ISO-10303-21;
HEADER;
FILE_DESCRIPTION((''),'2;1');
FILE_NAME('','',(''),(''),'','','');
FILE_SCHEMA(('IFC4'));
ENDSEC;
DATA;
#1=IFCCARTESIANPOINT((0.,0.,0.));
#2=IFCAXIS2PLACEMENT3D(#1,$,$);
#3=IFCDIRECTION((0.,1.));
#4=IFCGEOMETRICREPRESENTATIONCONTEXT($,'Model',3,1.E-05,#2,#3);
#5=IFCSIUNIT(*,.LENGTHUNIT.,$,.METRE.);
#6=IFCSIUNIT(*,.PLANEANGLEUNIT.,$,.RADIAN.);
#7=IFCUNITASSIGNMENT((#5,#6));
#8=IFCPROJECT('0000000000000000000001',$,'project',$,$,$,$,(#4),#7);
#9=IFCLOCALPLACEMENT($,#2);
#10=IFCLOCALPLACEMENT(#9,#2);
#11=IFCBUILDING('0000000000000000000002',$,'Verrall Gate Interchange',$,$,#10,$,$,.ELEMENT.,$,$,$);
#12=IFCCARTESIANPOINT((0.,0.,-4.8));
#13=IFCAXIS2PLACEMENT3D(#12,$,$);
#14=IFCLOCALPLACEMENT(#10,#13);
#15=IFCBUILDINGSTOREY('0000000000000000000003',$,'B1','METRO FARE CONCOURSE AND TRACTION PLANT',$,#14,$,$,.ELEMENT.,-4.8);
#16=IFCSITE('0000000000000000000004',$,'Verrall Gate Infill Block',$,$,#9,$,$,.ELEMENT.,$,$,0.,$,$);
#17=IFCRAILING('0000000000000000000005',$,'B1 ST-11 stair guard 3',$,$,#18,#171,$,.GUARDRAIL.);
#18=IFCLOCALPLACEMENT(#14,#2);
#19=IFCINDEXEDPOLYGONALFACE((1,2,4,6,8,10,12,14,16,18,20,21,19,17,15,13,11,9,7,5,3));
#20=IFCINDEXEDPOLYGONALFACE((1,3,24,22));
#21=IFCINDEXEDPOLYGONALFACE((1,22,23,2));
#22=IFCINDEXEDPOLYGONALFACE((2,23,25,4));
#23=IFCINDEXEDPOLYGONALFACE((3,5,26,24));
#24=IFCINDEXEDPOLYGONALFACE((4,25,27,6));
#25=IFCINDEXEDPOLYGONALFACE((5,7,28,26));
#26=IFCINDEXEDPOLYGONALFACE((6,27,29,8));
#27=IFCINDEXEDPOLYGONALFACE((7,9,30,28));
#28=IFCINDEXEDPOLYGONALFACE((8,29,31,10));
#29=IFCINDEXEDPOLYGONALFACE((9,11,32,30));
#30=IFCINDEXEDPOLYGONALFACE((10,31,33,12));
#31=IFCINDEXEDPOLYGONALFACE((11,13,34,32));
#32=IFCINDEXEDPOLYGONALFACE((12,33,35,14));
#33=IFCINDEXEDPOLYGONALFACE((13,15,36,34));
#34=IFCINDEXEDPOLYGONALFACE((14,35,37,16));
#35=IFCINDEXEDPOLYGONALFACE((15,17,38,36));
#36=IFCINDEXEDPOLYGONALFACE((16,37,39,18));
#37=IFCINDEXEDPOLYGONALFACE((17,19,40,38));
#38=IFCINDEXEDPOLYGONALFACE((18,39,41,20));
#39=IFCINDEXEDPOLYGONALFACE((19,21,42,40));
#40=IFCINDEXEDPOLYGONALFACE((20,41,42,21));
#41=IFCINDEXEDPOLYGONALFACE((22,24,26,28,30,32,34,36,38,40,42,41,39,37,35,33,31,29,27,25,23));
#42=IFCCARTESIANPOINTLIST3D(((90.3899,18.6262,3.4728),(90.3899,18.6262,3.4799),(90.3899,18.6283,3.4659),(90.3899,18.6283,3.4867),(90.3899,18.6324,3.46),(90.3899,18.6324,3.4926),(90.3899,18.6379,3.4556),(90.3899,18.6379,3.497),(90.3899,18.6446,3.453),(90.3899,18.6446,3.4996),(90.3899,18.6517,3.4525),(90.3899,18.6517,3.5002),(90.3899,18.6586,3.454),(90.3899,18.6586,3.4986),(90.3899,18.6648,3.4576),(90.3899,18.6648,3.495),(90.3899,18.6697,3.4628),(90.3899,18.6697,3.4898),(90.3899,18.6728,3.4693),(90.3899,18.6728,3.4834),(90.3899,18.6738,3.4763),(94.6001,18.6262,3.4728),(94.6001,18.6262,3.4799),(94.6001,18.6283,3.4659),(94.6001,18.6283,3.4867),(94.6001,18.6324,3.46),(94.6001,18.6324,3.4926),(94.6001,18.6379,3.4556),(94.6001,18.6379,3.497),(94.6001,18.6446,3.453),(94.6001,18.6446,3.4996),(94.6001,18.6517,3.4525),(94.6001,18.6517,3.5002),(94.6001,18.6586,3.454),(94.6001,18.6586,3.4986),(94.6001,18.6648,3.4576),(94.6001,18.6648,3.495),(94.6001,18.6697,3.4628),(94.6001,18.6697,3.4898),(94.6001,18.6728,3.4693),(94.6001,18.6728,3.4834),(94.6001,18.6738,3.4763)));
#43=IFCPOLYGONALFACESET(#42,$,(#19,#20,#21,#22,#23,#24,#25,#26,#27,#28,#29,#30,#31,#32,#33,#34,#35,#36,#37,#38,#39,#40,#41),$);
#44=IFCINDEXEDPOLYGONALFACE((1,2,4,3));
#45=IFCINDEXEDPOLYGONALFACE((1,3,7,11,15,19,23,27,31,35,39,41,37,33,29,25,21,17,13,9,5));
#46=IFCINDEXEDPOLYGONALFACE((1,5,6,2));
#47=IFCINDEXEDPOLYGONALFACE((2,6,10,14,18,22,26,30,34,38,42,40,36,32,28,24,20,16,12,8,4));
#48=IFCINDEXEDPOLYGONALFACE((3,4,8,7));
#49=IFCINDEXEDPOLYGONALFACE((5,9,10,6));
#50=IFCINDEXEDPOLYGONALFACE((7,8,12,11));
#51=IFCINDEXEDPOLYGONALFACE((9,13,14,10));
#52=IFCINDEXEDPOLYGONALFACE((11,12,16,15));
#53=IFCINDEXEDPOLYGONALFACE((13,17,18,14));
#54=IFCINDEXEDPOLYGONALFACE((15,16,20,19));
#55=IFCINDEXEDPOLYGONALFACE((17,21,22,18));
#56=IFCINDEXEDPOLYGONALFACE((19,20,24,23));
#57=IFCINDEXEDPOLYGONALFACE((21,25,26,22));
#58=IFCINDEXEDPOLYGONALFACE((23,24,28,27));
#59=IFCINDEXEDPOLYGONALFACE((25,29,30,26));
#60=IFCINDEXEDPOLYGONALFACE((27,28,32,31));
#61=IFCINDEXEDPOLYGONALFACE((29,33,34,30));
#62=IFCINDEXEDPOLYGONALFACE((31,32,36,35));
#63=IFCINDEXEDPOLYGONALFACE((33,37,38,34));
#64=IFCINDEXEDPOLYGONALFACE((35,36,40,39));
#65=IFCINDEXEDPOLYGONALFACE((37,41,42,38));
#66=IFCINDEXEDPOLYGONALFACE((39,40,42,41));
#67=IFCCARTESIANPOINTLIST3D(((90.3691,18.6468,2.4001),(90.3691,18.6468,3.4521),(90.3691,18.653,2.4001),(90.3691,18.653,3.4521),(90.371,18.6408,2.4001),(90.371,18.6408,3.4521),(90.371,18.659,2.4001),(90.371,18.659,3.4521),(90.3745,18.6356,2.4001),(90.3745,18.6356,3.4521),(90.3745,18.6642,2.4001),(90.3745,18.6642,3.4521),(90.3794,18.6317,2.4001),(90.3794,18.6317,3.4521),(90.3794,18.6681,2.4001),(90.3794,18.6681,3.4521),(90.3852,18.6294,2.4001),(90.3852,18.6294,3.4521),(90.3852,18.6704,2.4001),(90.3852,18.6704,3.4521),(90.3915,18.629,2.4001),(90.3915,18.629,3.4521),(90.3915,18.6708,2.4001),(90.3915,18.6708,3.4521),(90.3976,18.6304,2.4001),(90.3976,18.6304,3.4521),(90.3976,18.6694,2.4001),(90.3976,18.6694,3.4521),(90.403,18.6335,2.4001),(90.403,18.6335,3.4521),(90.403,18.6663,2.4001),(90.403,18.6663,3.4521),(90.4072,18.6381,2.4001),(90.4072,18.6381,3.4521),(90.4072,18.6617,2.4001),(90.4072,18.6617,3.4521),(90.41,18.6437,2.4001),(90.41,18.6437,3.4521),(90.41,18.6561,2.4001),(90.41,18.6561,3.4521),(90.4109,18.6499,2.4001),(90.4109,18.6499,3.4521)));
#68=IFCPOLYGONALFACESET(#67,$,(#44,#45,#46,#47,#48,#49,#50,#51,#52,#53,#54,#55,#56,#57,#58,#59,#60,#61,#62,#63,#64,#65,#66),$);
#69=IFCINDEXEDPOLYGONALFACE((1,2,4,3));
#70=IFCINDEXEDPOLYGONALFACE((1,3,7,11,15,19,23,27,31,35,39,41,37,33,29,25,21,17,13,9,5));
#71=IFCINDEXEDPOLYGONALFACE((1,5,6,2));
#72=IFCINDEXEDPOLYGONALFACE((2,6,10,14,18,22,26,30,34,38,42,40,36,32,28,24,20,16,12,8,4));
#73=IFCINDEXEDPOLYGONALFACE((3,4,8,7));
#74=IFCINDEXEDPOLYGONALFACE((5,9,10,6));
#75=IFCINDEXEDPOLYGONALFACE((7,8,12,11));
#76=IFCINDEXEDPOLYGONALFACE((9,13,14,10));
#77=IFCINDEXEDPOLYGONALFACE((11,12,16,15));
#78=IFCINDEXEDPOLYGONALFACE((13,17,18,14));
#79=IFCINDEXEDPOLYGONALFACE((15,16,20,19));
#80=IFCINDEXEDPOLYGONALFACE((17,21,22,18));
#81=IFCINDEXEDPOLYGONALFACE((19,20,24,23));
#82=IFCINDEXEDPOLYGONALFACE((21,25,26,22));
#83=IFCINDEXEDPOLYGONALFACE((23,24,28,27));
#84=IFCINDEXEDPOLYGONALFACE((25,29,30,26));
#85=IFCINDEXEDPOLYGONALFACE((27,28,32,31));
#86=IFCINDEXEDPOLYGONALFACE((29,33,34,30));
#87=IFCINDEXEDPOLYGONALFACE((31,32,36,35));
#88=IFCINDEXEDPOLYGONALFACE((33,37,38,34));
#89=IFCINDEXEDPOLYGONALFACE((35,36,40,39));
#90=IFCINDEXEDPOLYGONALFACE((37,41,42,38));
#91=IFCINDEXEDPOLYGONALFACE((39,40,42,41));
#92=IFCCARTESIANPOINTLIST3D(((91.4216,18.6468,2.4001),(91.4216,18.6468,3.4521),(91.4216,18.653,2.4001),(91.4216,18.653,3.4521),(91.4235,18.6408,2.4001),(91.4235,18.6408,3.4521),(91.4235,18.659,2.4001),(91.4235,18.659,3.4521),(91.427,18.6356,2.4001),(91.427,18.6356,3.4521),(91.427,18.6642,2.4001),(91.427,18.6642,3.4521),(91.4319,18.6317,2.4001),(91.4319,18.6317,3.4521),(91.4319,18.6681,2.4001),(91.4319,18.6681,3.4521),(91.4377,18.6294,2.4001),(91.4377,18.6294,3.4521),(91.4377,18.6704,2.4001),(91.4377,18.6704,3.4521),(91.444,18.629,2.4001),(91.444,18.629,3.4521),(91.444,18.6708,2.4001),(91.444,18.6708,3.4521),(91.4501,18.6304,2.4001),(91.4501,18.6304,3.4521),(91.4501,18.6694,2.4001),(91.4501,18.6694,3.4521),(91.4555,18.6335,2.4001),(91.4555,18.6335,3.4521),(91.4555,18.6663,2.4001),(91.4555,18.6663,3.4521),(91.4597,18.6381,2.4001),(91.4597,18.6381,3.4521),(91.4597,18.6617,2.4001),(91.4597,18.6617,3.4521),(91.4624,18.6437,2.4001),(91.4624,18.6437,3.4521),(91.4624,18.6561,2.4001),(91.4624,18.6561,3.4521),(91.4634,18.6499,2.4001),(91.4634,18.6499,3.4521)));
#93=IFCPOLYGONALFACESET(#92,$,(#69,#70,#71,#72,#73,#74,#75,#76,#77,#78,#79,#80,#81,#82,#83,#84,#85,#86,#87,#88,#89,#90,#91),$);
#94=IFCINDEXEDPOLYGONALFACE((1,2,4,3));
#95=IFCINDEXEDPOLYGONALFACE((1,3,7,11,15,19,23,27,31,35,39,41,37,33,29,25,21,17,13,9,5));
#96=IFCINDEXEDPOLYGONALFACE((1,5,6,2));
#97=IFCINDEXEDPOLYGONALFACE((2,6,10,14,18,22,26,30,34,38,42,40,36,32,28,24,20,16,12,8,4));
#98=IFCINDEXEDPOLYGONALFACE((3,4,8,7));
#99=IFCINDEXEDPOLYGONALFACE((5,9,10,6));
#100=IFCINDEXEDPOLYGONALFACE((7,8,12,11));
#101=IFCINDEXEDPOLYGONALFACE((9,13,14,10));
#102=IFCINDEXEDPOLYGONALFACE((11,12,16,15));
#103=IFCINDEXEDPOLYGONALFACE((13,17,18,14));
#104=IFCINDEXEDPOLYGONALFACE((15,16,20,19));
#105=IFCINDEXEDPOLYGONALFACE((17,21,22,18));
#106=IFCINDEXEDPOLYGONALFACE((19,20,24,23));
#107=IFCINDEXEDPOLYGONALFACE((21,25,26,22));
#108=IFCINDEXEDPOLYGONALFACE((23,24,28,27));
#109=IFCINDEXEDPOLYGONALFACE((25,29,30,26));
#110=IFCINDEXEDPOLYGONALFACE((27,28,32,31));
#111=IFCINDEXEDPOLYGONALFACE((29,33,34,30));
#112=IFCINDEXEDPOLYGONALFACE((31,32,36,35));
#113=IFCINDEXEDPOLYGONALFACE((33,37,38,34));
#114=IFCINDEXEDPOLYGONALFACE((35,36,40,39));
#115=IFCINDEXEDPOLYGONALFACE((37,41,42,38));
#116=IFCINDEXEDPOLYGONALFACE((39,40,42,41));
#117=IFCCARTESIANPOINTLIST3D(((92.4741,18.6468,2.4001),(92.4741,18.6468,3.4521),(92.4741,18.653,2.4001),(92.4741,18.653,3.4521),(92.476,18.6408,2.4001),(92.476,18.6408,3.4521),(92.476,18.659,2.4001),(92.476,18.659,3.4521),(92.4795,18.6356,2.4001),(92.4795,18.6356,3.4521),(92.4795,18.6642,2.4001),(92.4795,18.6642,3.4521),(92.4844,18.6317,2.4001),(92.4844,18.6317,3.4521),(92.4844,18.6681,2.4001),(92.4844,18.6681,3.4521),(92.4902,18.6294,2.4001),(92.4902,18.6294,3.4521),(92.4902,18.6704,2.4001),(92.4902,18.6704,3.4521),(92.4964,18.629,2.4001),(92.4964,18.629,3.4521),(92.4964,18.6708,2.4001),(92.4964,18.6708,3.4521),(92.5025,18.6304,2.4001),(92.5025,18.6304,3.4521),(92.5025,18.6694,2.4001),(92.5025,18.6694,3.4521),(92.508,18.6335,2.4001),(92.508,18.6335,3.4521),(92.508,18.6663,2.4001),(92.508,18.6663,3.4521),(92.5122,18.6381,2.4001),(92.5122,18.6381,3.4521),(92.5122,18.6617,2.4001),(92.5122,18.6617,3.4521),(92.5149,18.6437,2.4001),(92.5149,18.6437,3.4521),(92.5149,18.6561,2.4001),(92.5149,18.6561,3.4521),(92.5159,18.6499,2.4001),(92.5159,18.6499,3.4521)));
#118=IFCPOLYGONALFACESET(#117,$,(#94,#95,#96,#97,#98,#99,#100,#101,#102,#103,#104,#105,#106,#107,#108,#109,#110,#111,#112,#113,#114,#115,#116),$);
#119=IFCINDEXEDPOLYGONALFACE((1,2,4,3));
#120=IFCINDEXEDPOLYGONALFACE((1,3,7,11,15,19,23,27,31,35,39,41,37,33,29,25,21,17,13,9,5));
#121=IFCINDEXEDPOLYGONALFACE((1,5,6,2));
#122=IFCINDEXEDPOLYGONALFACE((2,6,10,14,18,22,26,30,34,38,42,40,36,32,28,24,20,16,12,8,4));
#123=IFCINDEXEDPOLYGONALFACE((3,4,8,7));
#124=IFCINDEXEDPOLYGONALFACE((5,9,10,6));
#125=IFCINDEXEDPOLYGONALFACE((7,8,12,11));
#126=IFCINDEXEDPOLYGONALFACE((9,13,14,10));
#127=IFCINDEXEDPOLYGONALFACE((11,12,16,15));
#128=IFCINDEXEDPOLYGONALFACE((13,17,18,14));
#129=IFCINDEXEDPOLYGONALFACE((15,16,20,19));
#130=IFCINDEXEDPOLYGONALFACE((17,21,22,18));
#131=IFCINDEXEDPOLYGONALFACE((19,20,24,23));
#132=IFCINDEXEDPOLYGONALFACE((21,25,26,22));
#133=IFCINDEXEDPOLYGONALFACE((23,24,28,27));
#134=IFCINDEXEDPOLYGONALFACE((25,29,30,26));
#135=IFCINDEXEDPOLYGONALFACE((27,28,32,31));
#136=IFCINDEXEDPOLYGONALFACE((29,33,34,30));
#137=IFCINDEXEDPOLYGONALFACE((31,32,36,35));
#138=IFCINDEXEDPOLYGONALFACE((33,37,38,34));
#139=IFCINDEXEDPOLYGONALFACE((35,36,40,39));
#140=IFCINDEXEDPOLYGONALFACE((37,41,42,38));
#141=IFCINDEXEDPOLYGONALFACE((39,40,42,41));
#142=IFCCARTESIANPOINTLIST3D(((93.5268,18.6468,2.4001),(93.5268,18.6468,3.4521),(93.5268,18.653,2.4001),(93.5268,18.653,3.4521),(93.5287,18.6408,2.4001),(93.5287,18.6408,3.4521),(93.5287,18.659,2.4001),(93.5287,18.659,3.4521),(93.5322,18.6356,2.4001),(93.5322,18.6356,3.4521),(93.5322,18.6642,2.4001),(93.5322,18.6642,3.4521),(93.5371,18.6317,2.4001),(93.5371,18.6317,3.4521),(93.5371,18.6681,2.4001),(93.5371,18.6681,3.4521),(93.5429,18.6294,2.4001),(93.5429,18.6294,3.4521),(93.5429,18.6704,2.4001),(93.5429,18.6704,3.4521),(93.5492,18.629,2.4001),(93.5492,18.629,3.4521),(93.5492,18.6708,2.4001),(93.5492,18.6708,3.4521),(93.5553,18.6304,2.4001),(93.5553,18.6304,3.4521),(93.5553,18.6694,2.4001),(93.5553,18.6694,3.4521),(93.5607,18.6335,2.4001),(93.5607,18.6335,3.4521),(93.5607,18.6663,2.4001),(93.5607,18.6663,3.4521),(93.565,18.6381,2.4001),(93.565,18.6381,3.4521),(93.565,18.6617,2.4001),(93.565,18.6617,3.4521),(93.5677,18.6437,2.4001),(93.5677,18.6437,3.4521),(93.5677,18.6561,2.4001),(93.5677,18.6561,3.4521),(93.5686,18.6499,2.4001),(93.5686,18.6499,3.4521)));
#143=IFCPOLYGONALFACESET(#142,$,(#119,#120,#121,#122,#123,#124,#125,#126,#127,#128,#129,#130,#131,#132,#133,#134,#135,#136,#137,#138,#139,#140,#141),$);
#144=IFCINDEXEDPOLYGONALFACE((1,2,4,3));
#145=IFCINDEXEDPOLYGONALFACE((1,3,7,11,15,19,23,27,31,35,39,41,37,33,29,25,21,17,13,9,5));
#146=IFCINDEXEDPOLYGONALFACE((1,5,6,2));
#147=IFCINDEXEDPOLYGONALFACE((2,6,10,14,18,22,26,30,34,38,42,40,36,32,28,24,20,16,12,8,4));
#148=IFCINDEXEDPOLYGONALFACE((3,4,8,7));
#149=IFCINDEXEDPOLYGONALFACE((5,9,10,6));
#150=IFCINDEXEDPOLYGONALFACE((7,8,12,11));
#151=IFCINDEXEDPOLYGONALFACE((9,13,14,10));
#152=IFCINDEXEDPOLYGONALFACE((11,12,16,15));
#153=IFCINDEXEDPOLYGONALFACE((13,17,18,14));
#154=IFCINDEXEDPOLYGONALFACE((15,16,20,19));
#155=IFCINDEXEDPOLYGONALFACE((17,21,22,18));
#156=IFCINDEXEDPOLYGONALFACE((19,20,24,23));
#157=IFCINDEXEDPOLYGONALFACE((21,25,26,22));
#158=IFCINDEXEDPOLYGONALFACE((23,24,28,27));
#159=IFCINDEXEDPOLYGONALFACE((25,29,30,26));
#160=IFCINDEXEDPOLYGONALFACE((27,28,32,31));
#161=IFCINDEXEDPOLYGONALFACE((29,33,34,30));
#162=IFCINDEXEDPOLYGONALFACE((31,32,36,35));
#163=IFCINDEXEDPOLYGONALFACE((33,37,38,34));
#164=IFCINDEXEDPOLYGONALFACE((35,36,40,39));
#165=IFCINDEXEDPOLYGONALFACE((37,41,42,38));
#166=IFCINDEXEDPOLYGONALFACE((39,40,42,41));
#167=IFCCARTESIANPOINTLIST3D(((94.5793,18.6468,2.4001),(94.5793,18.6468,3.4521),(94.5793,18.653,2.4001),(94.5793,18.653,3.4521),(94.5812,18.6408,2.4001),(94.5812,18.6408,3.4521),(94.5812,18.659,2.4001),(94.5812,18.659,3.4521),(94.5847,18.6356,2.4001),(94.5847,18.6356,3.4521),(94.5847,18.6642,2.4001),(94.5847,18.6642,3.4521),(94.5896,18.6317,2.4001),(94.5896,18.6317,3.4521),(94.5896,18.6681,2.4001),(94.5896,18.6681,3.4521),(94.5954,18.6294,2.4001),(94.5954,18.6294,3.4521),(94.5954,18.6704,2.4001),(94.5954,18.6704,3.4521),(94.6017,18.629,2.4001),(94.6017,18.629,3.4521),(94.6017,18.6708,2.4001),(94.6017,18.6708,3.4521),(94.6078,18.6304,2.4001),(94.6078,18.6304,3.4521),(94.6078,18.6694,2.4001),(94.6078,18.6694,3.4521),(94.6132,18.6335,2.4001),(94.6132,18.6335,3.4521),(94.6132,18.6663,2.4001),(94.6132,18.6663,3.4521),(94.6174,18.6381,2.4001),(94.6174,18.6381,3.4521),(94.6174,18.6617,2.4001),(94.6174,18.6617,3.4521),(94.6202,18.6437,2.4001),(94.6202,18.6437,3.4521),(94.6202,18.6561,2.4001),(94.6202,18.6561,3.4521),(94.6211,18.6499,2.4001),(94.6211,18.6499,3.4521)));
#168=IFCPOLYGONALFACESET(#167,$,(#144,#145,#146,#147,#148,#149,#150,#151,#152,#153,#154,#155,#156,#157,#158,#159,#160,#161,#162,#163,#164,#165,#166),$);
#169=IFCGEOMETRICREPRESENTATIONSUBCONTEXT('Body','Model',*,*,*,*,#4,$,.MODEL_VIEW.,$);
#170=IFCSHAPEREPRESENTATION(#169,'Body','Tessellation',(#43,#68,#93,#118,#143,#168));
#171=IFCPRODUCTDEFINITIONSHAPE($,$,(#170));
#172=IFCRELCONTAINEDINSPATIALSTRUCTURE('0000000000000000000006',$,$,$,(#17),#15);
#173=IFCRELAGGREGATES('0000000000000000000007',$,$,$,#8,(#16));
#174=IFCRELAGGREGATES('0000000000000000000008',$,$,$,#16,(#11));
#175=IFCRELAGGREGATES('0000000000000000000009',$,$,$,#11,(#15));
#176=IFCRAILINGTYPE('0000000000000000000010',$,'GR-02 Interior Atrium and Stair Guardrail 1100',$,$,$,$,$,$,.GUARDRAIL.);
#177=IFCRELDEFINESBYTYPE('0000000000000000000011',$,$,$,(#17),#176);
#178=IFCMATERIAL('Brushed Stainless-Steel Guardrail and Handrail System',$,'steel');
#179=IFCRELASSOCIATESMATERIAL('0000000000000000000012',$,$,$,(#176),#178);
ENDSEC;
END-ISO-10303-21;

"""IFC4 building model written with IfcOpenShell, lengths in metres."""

from ifc_helpers import new_model, si_unit, direction, frame, origin, origin_2d, place, context, subcontext, project, spatial, circle, extrude, material, type_object, element, save


model = new_model("IFC4")

# Units and contexts
model_context = context("Model", 3, precision=1e-05, world=origin(), true_north=direction((0.0, 1.0)))
body_context = subcontext(model_context, "Body", "Model", "MODEL_VIEW")
ifc_project = project(units=[si_unit("LENGTHUNIT", "METRE"), si_unit("PLANEANGLEUNIT", "RADIAN")], contexts=[model_context])

# Site, building, storey
site_placement = place(None, origin())
site = spatial("IfcSite", under=ifc_project, at=site_placement, Name="Verrall Gate Infill Block", CompositionType="ELEMENT", RefElevation=0.0)
building_placement = place(site_placement, origin())
building = spatial("IfcBuilding", under=site, at=building_placement, Name="Verrall Gate Interchange", CompositionType="ELEMENT")
storey_placement = place(building_placement, frame((0.0, 0.0, -4.8)))
storey = spatial("IfcBuildingStorey", under=building, at=storey_placement, Name="B1", Description="METRO FARE CONCOURSE AND TRACTION PLANT", CompositionType="ELEMENT", Elevation=-4.8)

# Railing
ifc_material_1 = material(Name="Brushed Stainless-Steel Guardrail and Handrail System", Category="steel")
railing_type_1 = type_object("IfcRailingType", Name="GR-02 Interior Atrium and Stair Guardrail 1100", PredefinedType="GUARDRAIL", material=ifc_material_1)
for number, where, name in (
    (1, (90.3899, 18.6499, 2.4001), "B1 ST-11 stair guard 3"),
):
    element("IfcRailing", number, at=place(storey_placement, frame(where)), inside=storey, type_object=railing_type_1, Name=name, PredefinedType="GUARDRAIL", context=body_context, shape_type="SweptSolid", body=[
        extrude(circle(Radius=0.0239, at=origin_2d()), frame((0.0, 0.0, 1.0762), z_axis=(1.0, 0.0, 0.0), x_axis=(0.0, 1.0, 0.0)), (0.0, 0.0, 1.0), 4.2102),
        extrude(circle(Radius=0.021, at=origin_2d()), origin(), (0.0, 0.0, 1.0), 1.052),
        extrude(circle(Radius=0.021, at=origin_2d()), frame((1.0525, 0.0, 0.0)), (0.0, 0.0, 1.0), 1.052),
        extrude(circle(Radius=0.021, at=origin_2d()), frame((2.105, 0.0, 0.0)), (0.0, 0.0, 1.0), 1.052),
        extrude(circle(Radius=0.021, at=origin_2d()), frame((3.1577, 0.0, 0.0)), (0.0, 0.0, 1.0), 1.052),
        extrude(circle(Radius=0.021, at=origin_2d()), frame((4.2102, 0.0, 0.0)), (0.0, 0.0, 1.0), 1.052),
    ])

save(model, "model.ifc")
